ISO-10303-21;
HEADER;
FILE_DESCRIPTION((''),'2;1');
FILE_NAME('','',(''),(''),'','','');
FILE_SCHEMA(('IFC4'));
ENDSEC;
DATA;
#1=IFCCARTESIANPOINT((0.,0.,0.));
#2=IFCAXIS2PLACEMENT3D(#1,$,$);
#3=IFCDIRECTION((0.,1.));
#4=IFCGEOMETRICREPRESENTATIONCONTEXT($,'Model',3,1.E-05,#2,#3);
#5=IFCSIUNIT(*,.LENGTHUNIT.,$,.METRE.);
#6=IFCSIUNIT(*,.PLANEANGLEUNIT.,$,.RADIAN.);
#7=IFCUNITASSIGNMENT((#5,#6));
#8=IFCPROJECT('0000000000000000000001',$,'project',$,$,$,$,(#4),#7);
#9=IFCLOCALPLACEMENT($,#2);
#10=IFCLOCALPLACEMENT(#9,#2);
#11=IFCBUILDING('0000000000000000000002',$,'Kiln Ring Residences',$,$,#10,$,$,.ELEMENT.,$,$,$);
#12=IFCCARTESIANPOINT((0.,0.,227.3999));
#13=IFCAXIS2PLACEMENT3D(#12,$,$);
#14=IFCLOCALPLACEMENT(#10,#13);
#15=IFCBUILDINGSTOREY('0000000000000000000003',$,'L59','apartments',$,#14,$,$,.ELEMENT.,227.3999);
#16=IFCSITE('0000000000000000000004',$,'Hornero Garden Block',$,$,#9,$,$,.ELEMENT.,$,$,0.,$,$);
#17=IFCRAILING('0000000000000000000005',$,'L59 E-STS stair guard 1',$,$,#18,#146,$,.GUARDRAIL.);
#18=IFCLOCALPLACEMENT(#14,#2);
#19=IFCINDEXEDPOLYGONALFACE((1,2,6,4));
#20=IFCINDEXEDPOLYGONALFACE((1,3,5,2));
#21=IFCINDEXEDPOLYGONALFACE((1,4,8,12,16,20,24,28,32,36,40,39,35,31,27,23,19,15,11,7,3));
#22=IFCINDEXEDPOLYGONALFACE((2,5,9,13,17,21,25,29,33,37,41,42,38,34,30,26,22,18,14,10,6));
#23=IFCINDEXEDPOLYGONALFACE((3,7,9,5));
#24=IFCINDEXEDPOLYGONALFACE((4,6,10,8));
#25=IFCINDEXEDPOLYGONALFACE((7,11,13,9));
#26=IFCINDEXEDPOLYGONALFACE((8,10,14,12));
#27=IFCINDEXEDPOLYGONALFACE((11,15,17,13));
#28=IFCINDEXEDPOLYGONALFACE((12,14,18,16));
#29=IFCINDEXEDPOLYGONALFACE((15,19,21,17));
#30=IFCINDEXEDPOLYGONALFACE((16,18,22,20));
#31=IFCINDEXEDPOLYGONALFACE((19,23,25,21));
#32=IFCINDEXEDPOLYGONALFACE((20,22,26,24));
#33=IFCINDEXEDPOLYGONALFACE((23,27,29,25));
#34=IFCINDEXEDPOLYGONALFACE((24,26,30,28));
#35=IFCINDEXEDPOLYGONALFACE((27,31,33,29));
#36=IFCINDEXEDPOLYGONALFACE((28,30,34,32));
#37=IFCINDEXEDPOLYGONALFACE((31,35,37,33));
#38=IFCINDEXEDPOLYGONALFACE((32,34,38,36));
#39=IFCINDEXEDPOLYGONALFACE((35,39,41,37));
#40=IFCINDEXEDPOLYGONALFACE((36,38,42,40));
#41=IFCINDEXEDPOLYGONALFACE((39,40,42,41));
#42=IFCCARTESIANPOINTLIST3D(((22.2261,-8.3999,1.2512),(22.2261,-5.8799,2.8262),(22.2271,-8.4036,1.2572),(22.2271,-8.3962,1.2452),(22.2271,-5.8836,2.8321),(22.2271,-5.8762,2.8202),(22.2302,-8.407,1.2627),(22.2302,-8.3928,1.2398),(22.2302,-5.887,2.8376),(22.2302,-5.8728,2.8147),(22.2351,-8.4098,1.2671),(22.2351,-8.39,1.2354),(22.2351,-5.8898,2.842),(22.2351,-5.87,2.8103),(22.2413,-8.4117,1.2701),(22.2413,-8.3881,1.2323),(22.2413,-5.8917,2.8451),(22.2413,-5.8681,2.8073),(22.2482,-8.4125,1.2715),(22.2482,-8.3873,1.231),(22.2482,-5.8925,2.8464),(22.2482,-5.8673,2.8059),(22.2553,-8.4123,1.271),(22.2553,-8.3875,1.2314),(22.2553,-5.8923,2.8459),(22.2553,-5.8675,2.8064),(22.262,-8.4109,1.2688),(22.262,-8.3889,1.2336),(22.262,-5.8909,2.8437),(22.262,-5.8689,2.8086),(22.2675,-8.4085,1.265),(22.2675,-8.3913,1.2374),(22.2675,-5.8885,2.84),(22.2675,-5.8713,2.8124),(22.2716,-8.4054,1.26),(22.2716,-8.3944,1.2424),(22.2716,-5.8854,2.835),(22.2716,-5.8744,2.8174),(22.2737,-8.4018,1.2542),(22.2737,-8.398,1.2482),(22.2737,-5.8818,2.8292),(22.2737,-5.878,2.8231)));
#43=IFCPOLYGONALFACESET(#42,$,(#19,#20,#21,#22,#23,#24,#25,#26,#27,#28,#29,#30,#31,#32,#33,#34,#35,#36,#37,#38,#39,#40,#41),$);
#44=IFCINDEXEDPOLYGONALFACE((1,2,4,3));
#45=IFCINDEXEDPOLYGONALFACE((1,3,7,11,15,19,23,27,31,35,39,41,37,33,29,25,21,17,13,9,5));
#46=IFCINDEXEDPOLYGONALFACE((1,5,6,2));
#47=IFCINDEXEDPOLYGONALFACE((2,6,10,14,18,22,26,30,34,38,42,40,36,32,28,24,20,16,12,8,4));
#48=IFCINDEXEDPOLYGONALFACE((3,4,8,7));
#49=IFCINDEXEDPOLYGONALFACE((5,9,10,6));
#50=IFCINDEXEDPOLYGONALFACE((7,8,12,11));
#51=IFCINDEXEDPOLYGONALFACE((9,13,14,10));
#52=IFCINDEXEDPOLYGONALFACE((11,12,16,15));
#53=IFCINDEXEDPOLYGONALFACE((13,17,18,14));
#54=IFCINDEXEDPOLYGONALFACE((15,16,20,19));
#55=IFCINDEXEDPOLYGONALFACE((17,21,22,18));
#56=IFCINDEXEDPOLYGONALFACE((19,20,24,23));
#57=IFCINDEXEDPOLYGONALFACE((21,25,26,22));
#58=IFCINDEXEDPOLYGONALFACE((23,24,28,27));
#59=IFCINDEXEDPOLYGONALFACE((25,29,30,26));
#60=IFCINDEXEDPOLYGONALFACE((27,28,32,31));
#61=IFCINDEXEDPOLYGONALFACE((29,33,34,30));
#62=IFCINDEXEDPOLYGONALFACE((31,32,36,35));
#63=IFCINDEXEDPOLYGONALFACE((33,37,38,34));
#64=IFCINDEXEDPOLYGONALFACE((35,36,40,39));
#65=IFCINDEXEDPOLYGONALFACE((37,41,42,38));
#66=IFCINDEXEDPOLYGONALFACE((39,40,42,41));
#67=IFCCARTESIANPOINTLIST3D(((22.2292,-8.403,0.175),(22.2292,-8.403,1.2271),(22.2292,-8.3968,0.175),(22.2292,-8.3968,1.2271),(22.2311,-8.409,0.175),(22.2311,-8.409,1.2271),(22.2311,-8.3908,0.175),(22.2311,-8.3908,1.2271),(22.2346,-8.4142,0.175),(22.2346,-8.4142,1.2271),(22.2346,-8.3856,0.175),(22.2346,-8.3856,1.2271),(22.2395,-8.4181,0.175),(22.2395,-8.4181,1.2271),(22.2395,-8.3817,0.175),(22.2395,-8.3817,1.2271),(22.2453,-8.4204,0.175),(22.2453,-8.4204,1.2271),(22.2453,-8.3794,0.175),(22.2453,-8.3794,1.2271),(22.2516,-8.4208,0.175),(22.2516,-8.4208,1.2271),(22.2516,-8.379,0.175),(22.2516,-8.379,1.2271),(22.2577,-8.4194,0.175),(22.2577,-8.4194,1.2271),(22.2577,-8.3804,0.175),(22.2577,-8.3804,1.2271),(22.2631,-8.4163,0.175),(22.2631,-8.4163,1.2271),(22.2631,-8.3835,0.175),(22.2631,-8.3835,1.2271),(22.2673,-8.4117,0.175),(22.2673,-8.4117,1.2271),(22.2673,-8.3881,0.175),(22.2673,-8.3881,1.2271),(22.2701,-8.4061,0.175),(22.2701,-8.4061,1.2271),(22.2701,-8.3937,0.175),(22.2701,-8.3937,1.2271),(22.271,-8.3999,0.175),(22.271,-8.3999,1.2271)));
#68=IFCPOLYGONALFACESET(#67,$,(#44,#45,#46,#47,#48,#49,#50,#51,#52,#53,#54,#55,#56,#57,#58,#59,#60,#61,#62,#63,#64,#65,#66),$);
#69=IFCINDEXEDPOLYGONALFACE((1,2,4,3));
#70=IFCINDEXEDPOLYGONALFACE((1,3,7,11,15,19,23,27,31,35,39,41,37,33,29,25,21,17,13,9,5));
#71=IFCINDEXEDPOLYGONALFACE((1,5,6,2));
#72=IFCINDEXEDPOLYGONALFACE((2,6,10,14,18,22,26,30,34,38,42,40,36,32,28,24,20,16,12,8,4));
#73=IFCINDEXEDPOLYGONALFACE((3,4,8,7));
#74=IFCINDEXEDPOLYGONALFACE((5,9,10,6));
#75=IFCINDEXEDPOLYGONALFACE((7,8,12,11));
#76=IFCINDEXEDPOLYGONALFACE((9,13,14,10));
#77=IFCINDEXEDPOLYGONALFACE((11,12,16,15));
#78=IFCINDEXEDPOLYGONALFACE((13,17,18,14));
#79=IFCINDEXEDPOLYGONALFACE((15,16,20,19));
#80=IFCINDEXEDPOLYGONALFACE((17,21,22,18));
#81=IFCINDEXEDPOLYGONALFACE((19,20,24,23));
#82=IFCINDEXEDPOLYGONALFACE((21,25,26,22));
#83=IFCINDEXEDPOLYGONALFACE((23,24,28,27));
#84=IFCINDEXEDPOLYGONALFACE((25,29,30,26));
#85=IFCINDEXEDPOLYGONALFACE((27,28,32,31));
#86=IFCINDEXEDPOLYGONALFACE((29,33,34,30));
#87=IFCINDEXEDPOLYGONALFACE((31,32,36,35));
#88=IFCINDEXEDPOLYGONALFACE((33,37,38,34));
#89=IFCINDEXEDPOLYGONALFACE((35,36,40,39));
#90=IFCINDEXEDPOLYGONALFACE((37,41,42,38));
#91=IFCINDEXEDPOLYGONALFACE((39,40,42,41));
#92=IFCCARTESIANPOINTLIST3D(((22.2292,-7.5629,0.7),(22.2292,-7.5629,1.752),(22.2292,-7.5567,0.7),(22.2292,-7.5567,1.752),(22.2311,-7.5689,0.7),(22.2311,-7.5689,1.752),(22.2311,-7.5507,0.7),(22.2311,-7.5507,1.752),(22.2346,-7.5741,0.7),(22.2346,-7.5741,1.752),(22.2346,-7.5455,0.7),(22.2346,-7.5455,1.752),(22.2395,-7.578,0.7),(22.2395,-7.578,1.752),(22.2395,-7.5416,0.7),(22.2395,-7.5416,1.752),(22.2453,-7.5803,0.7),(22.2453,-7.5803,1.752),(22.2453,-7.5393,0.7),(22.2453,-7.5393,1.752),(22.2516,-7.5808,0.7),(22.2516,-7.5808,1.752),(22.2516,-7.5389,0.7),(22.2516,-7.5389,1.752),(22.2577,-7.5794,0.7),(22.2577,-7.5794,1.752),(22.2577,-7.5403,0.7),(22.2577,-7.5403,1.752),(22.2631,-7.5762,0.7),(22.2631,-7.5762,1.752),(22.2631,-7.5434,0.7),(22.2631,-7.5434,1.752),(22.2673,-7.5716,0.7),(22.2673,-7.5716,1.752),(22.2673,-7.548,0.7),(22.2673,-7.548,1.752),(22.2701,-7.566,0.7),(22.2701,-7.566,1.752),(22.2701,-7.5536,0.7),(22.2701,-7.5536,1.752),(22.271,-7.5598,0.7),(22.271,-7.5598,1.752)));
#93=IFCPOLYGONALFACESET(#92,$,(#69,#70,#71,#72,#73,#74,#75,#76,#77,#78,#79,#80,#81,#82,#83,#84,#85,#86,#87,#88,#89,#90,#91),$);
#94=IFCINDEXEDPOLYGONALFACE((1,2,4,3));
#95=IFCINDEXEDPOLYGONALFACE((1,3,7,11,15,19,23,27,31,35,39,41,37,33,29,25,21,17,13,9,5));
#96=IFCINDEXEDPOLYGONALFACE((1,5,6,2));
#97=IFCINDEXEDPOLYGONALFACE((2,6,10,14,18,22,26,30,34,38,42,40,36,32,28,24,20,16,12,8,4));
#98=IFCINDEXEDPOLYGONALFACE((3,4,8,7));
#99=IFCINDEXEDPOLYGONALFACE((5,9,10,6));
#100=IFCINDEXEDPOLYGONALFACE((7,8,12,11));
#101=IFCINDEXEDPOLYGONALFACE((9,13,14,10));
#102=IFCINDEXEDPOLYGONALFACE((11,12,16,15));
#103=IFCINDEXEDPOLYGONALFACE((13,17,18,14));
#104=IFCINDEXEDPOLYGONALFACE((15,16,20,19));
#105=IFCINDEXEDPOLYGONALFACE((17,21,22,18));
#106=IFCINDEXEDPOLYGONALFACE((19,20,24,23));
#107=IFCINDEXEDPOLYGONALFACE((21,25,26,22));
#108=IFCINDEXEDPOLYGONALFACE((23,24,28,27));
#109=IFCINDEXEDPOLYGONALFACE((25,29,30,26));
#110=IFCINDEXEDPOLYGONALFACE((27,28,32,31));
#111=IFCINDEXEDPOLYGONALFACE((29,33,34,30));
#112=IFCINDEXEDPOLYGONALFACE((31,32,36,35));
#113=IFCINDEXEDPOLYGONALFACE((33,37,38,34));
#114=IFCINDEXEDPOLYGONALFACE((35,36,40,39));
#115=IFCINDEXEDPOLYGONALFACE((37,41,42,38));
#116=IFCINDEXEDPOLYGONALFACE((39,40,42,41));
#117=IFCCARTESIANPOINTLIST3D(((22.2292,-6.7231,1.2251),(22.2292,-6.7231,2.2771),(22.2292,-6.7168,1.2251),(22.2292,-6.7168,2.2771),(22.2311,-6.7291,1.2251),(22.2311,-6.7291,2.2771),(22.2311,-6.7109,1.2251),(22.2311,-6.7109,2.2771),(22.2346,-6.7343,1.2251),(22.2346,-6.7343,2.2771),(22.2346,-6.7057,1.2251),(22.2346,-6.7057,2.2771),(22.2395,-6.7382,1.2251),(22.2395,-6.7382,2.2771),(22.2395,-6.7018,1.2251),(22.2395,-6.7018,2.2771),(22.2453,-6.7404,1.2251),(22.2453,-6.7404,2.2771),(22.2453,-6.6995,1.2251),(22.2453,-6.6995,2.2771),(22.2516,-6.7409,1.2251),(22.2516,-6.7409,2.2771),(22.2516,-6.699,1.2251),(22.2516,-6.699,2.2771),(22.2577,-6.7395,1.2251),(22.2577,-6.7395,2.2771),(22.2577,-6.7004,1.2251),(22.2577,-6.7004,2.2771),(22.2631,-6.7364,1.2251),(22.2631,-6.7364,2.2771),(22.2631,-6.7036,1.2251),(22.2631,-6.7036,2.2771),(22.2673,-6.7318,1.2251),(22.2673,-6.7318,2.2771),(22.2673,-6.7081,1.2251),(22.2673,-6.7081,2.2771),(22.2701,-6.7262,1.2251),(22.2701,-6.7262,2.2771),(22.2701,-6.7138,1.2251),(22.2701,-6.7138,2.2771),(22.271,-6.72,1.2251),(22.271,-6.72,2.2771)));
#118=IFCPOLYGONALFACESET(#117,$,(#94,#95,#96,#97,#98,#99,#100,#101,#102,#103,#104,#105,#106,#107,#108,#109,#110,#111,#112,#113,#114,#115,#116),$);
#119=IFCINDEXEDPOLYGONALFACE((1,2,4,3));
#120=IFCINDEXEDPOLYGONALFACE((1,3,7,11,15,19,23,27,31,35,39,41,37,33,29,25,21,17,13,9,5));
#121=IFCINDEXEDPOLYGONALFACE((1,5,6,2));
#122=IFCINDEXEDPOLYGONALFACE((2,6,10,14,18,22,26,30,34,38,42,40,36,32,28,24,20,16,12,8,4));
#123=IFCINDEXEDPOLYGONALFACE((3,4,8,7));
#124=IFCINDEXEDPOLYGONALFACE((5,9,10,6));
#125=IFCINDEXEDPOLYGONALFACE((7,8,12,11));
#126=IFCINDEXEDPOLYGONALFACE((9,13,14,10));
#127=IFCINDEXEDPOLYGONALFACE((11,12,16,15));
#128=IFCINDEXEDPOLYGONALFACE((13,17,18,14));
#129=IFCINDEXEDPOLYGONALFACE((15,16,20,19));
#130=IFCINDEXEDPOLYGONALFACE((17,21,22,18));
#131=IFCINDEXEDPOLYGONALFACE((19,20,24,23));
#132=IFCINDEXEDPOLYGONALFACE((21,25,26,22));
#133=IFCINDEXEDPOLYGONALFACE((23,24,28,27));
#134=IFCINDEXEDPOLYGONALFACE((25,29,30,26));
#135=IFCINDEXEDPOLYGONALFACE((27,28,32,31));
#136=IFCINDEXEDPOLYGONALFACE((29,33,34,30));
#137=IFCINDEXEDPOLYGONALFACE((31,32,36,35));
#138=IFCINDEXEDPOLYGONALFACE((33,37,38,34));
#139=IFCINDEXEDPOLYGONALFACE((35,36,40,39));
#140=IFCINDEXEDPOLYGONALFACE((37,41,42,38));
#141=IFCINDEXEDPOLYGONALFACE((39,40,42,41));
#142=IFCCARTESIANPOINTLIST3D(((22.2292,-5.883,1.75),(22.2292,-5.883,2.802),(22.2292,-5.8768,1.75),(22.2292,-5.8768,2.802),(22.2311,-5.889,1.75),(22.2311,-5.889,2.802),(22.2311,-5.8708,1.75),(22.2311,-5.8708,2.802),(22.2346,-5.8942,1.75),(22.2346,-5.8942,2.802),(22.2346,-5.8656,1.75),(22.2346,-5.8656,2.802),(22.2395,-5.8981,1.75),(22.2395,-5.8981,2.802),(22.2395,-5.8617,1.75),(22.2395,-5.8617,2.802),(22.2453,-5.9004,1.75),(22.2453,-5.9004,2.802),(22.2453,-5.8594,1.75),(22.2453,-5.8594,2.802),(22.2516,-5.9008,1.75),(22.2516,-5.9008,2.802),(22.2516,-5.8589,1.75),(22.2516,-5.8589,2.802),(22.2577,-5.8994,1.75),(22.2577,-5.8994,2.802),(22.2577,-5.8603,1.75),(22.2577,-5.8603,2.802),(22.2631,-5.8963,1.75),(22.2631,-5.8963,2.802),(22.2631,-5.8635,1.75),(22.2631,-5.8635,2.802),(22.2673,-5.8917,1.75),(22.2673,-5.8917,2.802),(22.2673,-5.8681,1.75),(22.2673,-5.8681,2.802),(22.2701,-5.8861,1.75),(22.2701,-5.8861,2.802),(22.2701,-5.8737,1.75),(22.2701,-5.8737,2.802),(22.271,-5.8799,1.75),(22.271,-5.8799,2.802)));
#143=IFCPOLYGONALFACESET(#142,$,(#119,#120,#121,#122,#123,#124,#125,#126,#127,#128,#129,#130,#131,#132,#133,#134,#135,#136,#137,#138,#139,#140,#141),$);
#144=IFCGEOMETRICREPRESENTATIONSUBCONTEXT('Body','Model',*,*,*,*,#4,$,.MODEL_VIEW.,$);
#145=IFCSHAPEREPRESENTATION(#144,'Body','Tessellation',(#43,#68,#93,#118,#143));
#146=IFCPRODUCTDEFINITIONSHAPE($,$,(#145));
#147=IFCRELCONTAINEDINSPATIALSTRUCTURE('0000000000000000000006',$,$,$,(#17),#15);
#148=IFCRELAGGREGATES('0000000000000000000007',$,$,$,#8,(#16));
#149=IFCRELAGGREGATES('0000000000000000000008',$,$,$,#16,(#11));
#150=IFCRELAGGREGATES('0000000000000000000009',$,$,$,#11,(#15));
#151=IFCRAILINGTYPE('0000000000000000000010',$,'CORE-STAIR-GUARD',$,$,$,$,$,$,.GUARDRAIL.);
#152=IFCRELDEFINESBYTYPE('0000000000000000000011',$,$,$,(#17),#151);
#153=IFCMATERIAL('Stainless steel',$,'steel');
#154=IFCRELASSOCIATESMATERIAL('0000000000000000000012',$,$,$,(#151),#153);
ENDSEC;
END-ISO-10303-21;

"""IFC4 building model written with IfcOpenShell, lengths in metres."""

from ifc_helpers import new_model, si_unit, direction, frame, origin, origin_2d, place, context, subcontext, project, spatial, circle, extrude, material, type_object, element, save


model = new_model("IFC4")

# Units and contexts
model_context = context("Model", 3, precision=1e-05, world=origin(), true_north=direction((0.0, 1.0)))
body_context = subcontext(model_context, "Body", "Model", "MODEL_VIEW")
ifc_project = project(units=[si_unit("LENGTHUNIT", "METRE"), si_unit("PLANEANGLEUNIT", "RADIAN")], contexts=[model_context])

# Site, building, storey
site_placement = place(None, origin())
site = spatial("IfcSite", under=ifc_project, at=site_placement, Name="Hornero Garden Block", CompositionType="ELEMENT", RefElevation=0.0)
building_placement = place(site_placement, origin())
building = spatial("IfcBuilding", under=site, at=building_placement, Name="Kiln Ring Residences", CompositionType="ELEMENT")
storey_placement = place(building_placement, frame((0.0, 0.0, 227.3999)))
storey = spatial("IfcBuildingStorey", under=building, at=storey_placement, Name="L59", Description="apartments", CompositionType="ELEMENT", Elevation=227.3999)

# Railing
ifc_material_1 = material(Name="Stainless steel", Category="steel")
railing_type_1 = type_object("IfcRailingType", Name="CORE-STAIR-GUARD", PredefinedType="GUARDRAIL", material=ifc_material_1)
railing_1_placement = place(storey_placement, frame((22.25, -8.3999, 0.175)))
element("IfcRailing", 1, at=railing_1_placement, inside=storey, type_object=railing_type_1, Name="L59 E-STS stair guard 1", PredefinedType="GUARDRAIL", context=body_context, shape_type="SweptSolid", body=[
    extrude(circle(Radius=0.0239, at=origin_2d()), frame((0.0, 0.0, 1.0762), z_axis=(0.0, 0.848008, 0.529984), x_axis=(-1.0, 0.0, 0.0)), (0.0, 0.0, 1.0), 2.9717),
    extrude(circle(Radius=0.021, at=origin_2d()), origin(), (0.0, 0.0, 1.0), 1.052),
    extrude(circle(Radius=0.021, at=origin_2d()), frame((0.0, 0.8401, 0.5249)), (0.0, 0.0, 1.0), 1.052),
    extrude(circle(Radius=0.021, at=origin_2d()), frame((0.0, 1.6799, 1.05)), (0.0, 0.0, 1.0), 1.052),
    extrude(circle(Radius=0.021, at=origin_2d()), frame((0.0, 2.52, 1.575)), (0.0, 0.0, 1.0), 1.052),
])

save(model, "model.ifc")
